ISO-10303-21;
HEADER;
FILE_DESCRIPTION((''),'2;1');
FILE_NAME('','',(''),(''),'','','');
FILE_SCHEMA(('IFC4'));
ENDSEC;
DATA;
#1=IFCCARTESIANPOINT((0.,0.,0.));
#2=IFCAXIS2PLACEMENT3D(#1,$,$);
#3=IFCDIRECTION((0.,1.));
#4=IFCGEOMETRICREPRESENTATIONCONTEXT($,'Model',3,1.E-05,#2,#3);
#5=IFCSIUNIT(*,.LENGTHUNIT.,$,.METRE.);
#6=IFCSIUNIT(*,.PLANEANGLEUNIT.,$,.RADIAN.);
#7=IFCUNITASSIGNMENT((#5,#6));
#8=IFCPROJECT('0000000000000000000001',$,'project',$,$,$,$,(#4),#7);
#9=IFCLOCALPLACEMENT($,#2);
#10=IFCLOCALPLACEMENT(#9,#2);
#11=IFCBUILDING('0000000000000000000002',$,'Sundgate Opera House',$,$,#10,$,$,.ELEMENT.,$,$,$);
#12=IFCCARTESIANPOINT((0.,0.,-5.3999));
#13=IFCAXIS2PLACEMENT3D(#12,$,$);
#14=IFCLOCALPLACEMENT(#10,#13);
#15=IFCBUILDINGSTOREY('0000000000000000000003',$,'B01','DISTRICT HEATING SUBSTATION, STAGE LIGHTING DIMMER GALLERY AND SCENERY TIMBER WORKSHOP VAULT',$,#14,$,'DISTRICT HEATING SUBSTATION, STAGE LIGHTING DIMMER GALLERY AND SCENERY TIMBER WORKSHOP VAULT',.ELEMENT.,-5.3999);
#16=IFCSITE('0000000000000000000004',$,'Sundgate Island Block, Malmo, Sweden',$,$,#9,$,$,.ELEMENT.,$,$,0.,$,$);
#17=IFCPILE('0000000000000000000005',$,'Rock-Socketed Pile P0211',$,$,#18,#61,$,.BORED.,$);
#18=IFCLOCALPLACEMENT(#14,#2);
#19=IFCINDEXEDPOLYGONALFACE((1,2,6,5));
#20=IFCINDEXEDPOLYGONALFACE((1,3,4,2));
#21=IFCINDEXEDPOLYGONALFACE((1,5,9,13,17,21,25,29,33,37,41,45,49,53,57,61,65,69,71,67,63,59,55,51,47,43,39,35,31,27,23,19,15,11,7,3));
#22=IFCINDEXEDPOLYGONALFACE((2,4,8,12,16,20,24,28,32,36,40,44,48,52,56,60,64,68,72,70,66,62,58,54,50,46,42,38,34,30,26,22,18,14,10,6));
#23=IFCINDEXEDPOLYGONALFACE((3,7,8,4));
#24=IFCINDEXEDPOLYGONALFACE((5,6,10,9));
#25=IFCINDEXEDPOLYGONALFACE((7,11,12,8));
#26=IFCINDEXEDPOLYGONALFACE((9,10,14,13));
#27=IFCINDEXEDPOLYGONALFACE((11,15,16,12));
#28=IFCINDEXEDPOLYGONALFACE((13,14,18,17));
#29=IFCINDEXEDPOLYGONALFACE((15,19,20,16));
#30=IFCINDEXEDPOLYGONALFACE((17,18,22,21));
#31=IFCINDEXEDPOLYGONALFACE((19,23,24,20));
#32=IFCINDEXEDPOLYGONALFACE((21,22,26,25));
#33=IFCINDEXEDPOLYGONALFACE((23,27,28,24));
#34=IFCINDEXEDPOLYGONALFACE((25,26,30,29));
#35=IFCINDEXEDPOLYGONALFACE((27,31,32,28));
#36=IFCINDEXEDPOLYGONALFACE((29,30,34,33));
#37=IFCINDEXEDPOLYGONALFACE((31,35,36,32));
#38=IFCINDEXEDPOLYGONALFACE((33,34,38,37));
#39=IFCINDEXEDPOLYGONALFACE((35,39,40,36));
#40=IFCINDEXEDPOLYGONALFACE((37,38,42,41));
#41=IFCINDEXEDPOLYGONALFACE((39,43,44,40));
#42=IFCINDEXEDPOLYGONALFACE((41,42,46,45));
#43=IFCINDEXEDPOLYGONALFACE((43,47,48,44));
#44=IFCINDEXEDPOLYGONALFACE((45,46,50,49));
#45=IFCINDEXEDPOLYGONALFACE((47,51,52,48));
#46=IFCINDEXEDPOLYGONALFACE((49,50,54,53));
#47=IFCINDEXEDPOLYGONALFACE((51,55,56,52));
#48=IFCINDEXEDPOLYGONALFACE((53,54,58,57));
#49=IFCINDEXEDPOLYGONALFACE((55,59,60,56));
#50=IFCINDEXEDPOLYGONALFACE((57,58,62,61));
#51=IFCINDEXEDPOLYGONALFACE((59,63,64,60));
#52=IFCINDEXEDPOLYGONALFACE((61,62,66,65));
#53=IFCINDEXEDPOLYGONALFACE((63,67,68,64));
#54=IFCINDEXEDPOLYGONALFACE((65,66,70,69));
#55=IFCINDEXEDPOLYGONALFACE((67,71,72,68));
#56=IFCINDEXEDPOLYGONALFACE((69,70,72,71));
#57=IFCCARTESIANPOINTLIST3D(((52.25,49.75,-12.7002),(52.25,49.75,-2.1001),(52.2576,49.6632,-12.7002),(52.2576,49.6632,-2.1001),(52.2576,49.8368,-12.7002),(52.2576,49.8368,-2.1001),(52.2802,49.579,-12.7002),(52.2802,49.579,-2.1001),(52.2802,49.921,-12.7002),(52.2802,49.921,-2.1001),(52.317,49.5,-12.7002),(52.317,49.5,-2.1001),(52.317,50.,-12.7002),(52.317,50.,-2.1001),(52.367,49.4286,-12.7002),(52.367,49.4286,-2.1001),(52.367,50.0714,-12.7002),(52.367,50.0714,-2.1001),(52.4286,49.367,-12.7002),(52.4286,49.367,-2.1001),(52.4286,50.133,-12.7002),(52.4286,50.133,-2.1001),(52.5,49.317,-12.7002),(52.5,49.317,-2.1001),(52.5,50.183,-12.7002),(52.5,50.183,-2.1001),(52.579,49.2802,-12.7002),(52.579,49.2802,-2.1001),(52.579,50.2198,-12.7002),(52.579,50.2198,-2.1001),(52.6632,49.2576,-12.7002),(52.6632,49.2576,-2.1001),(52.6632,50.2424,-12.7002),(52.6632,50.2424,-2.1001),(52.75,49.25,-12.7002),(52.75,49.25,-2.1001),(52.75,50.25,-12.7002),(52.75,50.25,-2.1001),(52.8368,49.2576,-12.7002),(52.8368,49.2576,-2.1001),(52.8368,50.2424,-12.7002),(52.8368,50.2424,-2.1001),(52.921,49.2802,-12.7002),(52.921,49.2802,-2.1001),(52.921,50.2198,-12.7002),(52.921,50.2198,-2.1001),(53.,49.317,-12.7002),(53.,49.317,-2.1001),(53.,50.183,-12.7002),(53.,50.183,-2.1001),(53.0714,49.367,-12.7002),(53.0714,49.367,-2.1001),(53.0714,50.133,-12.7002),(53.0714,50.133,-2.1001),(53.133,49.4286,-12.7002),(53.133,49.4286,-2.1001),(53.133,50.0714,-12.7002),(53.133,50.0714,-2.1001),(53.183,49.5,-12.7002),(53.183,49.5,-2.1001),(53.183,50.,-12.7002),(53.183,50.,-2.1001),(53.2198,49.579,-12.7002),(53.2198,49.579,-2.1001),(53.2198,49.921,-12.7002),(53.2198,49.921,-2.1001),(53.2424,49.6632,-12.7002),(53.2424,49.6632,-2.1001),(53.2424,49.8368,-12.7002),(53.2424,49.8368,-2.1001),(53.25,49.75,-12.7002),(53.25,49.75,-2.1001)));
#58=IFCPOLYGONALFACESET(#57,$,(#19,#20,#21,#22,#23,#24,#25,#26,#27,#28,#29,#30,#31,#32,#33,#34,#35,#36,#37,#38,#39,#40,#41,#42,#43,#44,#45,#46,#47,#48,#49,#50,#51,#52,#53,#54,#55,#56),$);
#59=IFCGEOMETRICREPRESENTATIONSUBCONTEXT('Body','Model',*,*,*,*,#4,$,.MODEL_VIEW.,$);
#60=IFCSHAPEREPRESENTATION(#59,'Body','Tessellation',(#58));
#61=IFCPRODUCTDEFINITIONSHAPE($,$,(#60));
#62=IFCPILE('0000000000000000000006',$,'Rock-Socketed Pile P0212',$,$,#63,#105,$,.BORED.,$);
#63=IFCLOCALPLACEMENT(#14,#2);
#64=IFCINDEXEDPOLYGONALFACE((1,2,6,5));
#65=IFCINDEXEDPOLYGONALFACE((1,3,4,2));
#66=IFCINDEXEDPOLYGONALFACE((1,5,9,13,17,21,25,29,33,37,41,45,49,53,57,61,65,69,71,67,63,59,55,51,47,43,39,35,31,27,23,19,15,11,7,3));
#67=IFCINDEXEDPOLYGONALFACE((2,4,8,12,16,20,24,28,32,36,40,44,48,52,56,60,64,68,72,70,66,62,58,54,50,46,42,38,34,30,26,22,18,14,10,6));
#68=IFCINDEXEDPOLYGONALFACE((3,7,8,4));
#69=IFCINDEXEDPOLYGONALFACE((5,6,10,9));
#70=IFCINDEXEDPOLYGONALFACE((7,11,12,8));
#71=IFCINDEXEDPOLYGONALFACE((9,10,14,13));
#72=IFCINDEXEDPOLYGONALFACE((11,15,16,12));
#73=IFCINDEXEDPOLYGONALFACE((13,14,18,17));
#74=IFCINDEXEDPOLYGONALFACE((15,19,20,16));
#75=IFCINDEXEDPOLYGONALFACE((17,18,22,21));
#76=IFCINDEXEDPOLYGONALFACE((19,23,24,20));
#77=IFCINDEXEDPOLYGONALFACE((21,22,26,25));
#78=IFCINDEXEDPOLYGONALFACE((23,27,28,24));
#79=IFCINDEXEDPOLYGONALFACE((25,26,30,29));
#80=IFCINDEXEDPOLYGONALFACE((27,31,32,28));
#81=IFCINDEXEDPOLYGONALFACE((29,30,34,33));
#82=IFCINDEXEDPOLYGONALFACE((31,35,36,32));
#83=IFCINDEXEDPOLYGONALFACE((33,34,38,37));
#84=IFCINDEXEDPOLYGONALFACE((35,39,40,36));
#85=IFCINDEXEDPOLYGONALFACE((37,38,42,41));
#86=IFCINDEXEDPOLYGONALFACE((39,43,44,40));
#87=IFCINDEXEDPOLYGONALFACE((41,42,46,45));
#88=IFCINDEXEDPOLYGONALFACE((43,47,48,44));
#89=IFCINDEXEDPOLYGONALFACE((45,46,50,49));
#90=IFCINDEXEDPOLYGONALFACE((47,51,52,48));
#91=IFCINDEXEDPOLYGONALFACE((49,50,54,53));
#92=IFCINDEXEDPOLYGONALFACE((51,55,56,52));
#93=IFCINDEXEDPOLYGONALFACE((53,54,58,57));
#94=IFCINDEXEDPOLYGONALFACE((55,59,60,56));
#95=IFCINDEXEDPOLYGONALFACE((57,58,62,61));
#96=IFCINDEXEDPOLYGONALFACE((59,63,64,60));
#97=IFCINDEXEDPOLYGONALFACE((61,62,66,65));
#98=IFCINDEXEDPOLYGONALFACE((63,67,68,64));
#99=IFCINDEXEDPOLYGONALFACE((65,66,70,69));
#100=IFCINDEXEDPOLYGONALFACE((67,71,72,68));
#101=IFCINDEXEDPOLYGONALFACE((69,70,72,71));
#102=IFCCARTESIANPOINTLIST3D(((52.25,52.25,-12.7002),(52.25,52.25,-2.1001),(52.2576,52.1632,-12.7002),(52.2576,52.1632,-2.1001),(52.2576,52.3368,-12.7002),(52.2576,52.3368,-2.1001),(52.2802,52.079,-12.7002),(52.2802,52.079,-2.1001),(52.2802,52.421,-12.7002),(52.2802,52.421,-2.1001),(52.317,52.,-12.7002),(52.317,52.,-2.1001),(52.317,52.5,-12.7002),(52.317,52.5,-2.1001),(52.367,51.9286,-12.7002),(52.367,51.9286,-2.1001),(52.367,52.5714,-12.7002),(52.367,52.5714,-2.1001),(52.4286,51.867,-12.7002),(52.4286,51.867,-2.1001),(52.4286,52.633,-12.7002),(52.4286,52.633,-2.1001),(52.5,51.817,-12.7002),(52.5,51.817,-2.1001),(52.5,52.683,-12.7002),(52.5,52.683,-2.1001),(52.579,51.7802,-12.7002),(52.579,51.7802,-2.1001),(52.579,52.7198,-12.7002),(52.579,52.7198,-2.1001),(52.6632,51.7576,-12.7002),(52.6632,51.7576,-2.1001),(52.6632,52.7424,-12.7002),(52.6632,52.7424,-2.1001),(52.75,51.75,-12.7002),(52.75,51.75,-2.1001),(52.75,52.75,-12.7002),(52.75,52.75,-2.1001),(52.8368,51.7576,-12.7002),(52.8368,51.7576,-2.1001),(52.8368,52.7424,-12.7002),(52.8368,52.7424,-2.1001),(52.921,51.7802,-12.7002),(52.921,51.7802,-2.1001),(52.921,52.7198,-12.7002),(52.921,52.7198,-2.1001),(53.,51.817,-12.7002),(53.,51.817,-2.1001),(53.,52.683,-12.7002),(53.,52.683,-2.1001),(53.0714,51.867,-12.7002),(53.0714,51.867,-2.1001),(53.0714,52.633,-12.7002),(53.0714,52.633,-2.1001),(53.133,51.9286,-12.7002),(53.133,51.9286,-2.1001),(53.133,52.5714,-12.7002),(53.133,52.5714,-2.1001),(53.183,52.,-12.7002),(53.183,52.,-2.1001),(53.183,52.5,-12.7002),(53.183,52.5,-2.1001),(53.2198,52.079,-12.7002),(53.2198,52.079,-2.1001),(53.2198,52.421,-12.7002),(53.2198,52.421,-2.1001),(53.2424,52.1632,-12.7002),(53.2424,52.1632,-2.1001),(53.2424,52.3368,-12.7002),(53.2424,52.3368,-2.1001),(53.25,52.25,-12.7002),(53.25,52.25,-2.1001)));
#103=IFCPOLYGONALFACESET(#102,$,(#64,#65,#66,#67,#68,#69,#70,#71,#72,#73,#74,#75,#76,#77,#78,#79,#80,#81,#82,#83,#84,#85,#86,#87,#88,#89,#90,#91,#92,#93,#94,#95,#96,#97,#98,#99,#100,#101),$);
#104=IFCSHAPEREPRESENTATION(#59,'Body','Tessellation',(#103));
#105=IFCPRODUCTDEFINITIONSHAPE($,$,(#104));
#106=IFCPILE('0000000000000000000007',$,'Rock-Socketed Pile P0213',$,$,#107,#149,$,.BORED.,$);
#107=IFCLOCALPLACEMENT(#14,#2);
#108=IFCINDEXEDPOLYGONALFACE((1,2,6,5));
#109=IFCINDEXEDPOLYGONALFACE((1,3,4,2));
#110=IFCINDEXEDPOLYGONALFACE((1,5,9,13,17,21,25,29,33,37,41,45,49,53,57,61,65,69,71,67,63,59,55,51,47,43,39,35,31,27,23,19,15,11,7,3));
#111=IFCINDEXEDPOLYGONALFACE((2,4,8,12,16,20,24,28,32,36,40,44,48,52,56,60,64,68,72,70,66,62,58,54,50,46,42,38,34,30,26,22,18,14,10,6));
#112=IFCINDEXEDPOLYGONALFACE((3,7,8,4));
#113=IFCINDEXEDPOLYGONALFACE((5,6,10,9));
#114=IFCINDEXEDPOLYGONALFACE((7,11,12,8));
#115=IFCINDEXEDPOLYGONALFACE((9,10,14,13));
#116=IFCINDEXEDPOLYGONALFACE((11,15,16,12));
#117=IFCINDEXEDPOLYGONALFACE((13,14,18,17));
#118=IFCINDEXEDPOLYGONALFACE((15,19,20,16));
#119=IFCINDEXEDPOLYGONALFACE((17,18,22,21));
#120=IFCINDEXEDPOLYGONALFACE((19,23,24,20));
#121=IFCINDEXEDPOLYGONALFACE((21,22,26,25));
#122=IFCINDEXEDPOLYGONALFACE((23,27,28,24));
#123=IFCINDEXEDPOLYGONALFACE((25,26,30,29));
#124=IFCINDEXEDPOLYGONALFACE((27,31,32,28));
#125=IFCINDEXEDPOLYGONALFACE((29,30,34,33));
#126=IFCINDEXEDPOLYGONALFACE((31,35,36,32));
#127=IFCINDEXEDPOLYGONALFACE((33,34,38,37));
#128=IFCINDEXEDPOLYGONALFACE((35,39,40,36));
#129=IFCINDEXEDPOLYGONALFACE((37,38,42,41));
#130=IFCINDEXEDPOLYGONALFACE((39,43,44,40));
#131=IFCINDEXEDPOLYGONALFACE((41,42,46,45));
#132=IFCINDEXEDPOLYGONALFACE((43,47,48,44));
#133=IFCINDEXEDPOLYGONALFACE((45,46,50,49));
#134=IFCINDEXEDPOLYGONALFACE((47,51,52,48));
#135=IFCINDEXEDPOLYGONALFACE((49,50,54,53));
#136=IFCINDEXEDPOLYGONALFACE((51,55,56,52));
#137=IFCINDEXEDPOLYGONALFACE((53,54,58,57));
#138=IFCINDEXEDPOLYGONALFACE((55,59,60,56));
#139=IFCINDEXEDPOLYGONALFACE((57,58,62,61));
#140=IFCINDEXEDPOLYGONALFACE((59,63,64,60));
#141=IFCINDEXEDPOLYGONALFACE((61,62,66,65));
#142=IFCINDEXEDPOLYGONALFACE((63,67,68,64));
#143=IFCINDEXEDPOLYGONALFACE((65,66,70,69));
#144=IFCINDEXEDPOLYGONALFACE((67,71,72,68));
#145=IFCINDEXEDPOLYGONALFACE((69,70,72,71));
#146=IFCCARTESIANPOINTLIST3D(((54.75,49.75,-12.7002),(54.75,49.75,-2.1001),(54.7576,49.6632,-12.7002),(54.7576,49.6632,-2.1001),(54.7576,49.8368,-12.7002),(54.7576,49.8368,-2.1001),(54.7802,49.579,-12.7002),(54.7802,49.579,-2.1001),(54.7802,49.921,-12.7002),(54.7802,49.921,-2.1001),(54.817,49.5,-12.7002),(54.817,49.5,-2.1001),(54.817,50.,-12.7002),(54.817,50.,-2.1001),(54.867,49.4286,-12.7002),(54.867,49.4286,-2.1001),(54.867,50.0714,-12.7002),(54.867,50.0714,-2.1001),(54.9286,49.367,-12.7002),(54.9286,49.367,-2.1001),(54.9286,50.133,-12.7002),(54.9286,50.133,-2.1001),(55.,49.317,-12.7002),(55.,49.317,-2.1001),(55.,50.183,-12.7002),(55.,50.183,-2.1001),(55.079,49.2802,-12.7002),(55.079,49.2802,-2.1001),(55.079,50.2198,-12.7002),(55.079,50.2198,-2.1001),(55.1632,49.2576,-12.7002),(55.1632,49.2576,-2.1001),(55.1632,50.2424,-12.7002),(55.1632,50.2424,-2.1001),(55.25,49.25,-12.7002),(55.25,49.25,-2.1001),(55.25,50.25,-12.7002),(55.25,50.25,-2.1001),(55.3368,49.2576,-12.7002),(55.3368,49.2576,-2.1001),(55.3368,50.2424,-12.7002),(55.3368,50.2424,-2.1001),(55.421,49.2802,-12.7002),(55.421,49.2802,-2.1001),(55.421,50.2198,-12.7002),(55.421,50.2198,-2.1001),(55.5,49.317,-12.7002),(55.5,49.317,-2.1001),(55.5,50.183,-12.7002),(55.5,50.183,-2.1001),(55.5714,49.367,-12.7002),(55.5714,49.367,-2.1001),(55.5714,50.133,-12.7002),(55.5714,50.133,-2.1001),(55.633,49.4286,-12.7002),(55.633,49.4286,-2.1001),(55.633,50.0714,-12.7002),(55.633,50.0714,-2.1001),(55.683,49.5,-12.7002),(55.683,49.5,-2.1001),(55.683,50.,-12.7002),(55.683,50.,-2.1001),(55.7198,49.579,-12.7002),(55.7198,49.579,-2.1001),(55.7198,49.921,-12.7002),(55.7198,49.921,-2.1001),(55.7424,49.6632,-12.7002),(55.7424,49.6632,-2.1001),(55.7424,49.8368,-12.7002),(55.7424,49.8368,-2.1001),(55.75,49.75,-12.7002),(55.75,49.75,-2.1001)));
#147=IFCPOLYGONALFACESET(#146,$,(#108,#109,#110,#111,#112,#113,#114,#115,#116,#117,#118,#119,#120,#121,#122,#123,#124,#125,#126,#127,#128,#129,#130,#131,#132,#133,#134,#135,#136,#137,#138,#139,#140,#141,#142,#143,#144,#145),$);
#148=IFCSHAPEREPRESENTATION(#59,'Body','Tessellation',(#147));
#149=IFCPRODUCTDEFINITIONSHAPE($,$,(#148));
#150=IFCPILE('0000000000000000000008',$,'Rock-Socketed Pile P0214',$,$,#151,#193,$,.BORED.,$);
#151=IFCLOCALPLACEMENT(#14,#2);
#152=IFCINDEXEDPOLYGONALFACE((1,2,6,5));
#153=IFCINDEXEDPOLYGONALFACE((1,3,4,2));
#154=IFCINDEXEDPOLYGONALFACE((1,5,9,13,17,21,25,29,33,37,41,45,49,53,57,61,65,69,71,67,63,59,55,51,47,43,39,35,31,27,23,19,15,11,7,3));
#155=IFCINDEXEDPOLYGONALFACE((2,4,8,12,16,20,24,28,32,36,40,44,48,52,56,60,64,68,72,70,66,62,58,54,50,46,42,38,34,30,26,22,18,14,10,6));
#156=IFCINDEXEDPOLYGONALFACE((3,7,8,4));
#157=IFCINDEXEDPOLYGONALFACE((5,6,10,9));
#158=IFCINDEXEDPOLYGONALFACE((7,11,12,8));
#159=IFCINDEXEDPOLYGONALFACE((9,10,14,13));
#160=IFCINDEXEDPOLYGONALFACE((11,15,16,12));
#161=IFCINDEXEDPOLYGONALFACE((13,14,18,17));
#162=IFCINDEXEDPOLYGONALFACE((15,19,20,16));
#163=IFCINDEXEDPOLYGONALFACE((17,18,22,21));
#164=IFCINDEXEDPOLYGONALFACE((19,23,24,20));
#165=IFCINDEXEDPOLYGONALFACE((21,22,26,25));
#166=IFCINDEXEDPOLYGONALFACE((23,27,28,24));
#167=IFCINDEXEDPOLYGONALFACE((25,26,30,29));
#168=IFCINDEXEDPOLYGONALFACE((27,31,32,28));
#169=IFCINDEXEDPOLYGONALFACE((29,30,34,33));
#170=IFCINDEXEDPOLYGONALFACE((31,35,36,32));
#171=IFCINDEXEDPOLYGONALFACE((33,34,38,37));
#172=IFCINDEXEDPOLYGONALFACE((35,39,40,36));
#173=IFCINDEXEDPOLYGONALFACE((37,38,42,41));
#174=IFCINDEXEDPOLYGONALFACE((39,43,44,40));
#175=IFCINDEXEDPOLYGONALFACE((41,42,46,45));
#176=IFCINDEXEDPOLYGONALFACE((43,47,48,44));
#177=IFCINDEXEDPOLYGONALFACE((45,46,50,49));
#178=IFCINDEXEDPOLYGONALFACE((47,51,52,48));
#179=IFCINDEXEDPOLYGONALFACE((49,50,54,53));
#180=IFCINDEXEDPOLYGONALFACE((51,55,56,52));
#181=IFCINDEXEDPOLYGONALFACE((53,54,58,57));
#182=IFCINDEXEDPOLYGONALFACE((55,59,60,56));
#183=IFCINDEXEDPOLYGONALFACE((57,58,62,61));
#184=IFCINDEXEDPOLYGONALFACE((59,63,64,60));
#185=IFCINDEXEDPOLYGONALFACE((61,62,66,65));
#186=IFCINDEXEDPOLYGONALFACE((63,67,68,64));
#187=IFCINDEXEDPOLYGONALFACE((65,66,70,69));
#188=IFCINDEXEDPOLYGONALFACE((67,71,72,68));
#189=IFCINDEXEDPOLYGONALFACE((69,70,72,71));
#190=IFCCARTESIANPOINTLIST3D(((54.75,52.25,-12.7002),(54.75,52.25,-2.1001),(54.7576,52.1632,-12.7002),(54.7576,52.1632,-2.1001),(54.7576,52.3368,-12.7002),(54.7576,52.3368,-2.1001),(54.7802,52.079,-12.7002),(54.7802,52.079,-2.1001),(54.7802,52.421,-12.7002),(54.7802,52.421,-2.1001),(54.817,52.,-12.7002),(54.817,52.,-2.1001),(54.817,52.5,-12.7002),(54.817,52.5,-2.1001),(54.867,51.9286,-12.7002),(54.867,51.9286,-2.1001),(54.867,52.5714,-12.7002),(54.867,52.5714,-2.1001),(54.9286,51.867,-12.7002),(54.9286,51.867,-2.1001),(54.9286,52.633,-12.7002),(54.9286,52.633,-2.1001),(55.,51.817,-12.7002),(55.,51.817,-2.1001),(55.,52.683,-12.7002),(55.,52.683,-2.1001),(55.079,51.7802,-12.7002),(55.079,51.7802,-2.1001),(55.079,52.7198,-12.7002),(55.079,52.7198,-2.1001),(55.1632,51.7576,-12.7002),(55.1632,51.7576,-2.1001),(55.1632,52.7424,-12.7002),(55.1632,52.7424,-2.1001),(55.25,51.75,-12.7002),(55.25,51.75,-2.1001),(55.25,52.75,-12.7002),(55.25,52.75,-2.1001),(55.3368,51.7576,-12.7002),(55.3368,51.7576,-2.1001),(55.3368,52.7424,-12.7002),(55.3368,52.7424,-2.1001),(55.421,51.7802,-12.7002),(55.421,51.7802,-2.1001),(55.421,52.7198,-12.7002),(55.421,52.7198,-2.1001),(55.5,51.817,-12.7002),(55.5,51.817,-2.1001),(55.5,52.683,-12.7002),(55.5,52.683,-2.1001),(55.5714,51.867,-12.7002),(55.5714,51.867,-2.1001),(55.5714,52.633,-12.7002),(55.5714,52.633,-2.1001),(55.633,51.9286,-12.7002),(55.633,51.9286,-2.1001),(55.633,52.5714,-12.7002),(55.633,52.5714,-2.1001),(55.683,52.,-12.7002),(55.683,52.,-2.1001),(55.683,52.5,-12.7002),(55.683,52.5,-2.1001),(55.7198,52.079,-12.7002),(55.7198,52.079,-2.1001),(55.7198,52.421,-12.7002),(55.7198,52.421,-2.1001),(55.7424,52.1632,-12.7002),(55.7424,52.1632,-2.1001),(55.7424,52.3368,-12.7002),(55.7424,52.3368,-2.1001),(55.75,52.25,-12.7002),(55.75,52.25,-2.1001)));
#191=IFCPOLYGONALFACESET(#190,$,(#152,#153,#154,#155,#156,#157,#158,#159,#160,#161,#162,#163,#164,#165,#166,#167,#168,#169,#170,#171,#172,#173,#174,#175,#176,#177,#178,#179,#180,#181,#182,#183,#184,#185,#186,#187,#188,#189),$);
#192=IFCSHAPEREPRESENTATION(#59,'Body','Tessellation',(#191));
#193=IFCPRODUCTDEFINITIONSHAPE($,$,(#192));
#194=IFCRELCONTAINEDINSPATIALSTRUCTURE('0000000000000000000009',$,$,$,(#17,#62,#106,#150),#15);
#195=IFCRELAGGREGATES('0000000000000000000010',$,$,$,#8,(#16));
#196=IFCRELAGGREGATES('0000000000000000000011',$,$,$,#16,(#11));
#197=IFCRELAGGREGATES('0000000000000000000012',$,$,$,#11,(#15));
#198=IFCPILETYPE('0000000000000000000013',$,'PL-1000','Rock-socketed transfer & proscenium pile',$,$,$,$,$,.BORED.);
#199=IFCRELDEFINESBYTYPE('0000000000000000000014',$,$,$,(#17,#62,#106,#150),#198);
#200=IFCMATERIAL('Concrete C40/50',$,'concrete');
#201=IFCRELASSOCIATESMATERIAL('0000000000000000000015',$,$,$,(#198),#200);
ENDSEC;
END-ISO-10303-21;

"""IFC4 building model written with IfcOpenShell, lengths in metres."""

from ifc_helpers import new_model, si_unit, direction, frame, origin, origin_2d, place, context, subcontext, project, spatial, circle, extrude, material, material_profile, profile_set, type_object, element, save


model = new_model("IFC4")

# Units and contexts
model_context = context("Model", 3, precision=1e-05, world=origin(), true_north=direction((0.0, 1.0)))
body_context = subcontext(model_context, "Body", "Model", "MODEL_VIEW")
ifc_project = project(units=[si_unit("LENGTHUNIT", "METRE"), si_unit("PLANEANGLEUNIT", "RADIAN")], contexts=[model_context])

# Site, building, storey
site_placement = place(None, origin())
site = spatial("IfcSite", under=ifc_project, at=site_placement, Name="Sundgate Island Block, Malmo, Sweden", CompositionType="ELEMENT", RefElevation=0.0)
building_placement = place(site_placement, origin())
building = spatial("IfcBuilding", under=site, at=building_placement, Name="Sundgate Opera House", CompositionType="ELEMENT")
storey_placement = place(building_placement, frame((0.0, 0.0, -5.3999)))
storey = spatial("IfcBuildingStorey", under=building, at=storey_placement, Name="B01", Description="DISTRICT HEATING SUBSTATION, STAGE LIGHTING DIMMER GALLERY AND SCENERY TIMBER WORKSHOP VAULT", LongName="DISTRICT HEATING SUBSTATION, STAGE LIGHTING DIMMER GALLERY AND SCENERY TIMBER WORKSHOP VAULT", CompositionType="ELEMENT", Elevation=-5.3999)

# Piles
ifc_material_1 = material(Name="Concrete C40/50", Category="concrete")
ifc_material_profile_1 = material_profile(ifc_material_1, circle(Radius=0.5, at=origin_2d()), Name="PILE D1000")
ifc_profile_set_1 = profile_set([ifc_material_profile_1], Name="Concrete C40/50")
pile_type_1 = type_object("IfcPileType", Name="PL-1000", Description="Rock-socketed transfer & proscenium pile", PredefinedType="BORED", material=ifc_profile_set_1)
for number, where, z_axis, x_axis, name in (
    (1, (52.75, 49.75, -2.1001), (0.0, 0.0, -1.0), (1.0, 0.0, 0.0), "Rock-Socketed Pile P0211"),
    (2, (52.75, 52.25, -2.1001), (0.0, 0.0, -1.0), (1.0, 0.0, 0.0), "Rock-Socketed Pile P0212"),
    (3, (55.25, 49.75, -2.1001), (0.0, 0.0, -1.0), (1.0, 0.0, 0.0), "Rock-Socketed Pile P0213"),
    (4, (55.25, 52.25, -2.1001), (0.0, 0.0, -1.0), (1.0, 0.0, 0.0), "Rock-Socketed Pile P0214"),
):
    element("IfcPile", number, at=place(storey_placement, frame(where, z_axis=z_axis, x_axis=x_axis)), inside=storey, type_object=pile_type_1, Name=name, PredefinedType="BORED", context=body_context, shape_type="SweptSolid", body=[
        extrude(circle(Radius=0.5, at=origin_2d()), origin(), (0.0, 0.0, 1.0), 10.6001),
    ])

save(model, "model.ifc")
